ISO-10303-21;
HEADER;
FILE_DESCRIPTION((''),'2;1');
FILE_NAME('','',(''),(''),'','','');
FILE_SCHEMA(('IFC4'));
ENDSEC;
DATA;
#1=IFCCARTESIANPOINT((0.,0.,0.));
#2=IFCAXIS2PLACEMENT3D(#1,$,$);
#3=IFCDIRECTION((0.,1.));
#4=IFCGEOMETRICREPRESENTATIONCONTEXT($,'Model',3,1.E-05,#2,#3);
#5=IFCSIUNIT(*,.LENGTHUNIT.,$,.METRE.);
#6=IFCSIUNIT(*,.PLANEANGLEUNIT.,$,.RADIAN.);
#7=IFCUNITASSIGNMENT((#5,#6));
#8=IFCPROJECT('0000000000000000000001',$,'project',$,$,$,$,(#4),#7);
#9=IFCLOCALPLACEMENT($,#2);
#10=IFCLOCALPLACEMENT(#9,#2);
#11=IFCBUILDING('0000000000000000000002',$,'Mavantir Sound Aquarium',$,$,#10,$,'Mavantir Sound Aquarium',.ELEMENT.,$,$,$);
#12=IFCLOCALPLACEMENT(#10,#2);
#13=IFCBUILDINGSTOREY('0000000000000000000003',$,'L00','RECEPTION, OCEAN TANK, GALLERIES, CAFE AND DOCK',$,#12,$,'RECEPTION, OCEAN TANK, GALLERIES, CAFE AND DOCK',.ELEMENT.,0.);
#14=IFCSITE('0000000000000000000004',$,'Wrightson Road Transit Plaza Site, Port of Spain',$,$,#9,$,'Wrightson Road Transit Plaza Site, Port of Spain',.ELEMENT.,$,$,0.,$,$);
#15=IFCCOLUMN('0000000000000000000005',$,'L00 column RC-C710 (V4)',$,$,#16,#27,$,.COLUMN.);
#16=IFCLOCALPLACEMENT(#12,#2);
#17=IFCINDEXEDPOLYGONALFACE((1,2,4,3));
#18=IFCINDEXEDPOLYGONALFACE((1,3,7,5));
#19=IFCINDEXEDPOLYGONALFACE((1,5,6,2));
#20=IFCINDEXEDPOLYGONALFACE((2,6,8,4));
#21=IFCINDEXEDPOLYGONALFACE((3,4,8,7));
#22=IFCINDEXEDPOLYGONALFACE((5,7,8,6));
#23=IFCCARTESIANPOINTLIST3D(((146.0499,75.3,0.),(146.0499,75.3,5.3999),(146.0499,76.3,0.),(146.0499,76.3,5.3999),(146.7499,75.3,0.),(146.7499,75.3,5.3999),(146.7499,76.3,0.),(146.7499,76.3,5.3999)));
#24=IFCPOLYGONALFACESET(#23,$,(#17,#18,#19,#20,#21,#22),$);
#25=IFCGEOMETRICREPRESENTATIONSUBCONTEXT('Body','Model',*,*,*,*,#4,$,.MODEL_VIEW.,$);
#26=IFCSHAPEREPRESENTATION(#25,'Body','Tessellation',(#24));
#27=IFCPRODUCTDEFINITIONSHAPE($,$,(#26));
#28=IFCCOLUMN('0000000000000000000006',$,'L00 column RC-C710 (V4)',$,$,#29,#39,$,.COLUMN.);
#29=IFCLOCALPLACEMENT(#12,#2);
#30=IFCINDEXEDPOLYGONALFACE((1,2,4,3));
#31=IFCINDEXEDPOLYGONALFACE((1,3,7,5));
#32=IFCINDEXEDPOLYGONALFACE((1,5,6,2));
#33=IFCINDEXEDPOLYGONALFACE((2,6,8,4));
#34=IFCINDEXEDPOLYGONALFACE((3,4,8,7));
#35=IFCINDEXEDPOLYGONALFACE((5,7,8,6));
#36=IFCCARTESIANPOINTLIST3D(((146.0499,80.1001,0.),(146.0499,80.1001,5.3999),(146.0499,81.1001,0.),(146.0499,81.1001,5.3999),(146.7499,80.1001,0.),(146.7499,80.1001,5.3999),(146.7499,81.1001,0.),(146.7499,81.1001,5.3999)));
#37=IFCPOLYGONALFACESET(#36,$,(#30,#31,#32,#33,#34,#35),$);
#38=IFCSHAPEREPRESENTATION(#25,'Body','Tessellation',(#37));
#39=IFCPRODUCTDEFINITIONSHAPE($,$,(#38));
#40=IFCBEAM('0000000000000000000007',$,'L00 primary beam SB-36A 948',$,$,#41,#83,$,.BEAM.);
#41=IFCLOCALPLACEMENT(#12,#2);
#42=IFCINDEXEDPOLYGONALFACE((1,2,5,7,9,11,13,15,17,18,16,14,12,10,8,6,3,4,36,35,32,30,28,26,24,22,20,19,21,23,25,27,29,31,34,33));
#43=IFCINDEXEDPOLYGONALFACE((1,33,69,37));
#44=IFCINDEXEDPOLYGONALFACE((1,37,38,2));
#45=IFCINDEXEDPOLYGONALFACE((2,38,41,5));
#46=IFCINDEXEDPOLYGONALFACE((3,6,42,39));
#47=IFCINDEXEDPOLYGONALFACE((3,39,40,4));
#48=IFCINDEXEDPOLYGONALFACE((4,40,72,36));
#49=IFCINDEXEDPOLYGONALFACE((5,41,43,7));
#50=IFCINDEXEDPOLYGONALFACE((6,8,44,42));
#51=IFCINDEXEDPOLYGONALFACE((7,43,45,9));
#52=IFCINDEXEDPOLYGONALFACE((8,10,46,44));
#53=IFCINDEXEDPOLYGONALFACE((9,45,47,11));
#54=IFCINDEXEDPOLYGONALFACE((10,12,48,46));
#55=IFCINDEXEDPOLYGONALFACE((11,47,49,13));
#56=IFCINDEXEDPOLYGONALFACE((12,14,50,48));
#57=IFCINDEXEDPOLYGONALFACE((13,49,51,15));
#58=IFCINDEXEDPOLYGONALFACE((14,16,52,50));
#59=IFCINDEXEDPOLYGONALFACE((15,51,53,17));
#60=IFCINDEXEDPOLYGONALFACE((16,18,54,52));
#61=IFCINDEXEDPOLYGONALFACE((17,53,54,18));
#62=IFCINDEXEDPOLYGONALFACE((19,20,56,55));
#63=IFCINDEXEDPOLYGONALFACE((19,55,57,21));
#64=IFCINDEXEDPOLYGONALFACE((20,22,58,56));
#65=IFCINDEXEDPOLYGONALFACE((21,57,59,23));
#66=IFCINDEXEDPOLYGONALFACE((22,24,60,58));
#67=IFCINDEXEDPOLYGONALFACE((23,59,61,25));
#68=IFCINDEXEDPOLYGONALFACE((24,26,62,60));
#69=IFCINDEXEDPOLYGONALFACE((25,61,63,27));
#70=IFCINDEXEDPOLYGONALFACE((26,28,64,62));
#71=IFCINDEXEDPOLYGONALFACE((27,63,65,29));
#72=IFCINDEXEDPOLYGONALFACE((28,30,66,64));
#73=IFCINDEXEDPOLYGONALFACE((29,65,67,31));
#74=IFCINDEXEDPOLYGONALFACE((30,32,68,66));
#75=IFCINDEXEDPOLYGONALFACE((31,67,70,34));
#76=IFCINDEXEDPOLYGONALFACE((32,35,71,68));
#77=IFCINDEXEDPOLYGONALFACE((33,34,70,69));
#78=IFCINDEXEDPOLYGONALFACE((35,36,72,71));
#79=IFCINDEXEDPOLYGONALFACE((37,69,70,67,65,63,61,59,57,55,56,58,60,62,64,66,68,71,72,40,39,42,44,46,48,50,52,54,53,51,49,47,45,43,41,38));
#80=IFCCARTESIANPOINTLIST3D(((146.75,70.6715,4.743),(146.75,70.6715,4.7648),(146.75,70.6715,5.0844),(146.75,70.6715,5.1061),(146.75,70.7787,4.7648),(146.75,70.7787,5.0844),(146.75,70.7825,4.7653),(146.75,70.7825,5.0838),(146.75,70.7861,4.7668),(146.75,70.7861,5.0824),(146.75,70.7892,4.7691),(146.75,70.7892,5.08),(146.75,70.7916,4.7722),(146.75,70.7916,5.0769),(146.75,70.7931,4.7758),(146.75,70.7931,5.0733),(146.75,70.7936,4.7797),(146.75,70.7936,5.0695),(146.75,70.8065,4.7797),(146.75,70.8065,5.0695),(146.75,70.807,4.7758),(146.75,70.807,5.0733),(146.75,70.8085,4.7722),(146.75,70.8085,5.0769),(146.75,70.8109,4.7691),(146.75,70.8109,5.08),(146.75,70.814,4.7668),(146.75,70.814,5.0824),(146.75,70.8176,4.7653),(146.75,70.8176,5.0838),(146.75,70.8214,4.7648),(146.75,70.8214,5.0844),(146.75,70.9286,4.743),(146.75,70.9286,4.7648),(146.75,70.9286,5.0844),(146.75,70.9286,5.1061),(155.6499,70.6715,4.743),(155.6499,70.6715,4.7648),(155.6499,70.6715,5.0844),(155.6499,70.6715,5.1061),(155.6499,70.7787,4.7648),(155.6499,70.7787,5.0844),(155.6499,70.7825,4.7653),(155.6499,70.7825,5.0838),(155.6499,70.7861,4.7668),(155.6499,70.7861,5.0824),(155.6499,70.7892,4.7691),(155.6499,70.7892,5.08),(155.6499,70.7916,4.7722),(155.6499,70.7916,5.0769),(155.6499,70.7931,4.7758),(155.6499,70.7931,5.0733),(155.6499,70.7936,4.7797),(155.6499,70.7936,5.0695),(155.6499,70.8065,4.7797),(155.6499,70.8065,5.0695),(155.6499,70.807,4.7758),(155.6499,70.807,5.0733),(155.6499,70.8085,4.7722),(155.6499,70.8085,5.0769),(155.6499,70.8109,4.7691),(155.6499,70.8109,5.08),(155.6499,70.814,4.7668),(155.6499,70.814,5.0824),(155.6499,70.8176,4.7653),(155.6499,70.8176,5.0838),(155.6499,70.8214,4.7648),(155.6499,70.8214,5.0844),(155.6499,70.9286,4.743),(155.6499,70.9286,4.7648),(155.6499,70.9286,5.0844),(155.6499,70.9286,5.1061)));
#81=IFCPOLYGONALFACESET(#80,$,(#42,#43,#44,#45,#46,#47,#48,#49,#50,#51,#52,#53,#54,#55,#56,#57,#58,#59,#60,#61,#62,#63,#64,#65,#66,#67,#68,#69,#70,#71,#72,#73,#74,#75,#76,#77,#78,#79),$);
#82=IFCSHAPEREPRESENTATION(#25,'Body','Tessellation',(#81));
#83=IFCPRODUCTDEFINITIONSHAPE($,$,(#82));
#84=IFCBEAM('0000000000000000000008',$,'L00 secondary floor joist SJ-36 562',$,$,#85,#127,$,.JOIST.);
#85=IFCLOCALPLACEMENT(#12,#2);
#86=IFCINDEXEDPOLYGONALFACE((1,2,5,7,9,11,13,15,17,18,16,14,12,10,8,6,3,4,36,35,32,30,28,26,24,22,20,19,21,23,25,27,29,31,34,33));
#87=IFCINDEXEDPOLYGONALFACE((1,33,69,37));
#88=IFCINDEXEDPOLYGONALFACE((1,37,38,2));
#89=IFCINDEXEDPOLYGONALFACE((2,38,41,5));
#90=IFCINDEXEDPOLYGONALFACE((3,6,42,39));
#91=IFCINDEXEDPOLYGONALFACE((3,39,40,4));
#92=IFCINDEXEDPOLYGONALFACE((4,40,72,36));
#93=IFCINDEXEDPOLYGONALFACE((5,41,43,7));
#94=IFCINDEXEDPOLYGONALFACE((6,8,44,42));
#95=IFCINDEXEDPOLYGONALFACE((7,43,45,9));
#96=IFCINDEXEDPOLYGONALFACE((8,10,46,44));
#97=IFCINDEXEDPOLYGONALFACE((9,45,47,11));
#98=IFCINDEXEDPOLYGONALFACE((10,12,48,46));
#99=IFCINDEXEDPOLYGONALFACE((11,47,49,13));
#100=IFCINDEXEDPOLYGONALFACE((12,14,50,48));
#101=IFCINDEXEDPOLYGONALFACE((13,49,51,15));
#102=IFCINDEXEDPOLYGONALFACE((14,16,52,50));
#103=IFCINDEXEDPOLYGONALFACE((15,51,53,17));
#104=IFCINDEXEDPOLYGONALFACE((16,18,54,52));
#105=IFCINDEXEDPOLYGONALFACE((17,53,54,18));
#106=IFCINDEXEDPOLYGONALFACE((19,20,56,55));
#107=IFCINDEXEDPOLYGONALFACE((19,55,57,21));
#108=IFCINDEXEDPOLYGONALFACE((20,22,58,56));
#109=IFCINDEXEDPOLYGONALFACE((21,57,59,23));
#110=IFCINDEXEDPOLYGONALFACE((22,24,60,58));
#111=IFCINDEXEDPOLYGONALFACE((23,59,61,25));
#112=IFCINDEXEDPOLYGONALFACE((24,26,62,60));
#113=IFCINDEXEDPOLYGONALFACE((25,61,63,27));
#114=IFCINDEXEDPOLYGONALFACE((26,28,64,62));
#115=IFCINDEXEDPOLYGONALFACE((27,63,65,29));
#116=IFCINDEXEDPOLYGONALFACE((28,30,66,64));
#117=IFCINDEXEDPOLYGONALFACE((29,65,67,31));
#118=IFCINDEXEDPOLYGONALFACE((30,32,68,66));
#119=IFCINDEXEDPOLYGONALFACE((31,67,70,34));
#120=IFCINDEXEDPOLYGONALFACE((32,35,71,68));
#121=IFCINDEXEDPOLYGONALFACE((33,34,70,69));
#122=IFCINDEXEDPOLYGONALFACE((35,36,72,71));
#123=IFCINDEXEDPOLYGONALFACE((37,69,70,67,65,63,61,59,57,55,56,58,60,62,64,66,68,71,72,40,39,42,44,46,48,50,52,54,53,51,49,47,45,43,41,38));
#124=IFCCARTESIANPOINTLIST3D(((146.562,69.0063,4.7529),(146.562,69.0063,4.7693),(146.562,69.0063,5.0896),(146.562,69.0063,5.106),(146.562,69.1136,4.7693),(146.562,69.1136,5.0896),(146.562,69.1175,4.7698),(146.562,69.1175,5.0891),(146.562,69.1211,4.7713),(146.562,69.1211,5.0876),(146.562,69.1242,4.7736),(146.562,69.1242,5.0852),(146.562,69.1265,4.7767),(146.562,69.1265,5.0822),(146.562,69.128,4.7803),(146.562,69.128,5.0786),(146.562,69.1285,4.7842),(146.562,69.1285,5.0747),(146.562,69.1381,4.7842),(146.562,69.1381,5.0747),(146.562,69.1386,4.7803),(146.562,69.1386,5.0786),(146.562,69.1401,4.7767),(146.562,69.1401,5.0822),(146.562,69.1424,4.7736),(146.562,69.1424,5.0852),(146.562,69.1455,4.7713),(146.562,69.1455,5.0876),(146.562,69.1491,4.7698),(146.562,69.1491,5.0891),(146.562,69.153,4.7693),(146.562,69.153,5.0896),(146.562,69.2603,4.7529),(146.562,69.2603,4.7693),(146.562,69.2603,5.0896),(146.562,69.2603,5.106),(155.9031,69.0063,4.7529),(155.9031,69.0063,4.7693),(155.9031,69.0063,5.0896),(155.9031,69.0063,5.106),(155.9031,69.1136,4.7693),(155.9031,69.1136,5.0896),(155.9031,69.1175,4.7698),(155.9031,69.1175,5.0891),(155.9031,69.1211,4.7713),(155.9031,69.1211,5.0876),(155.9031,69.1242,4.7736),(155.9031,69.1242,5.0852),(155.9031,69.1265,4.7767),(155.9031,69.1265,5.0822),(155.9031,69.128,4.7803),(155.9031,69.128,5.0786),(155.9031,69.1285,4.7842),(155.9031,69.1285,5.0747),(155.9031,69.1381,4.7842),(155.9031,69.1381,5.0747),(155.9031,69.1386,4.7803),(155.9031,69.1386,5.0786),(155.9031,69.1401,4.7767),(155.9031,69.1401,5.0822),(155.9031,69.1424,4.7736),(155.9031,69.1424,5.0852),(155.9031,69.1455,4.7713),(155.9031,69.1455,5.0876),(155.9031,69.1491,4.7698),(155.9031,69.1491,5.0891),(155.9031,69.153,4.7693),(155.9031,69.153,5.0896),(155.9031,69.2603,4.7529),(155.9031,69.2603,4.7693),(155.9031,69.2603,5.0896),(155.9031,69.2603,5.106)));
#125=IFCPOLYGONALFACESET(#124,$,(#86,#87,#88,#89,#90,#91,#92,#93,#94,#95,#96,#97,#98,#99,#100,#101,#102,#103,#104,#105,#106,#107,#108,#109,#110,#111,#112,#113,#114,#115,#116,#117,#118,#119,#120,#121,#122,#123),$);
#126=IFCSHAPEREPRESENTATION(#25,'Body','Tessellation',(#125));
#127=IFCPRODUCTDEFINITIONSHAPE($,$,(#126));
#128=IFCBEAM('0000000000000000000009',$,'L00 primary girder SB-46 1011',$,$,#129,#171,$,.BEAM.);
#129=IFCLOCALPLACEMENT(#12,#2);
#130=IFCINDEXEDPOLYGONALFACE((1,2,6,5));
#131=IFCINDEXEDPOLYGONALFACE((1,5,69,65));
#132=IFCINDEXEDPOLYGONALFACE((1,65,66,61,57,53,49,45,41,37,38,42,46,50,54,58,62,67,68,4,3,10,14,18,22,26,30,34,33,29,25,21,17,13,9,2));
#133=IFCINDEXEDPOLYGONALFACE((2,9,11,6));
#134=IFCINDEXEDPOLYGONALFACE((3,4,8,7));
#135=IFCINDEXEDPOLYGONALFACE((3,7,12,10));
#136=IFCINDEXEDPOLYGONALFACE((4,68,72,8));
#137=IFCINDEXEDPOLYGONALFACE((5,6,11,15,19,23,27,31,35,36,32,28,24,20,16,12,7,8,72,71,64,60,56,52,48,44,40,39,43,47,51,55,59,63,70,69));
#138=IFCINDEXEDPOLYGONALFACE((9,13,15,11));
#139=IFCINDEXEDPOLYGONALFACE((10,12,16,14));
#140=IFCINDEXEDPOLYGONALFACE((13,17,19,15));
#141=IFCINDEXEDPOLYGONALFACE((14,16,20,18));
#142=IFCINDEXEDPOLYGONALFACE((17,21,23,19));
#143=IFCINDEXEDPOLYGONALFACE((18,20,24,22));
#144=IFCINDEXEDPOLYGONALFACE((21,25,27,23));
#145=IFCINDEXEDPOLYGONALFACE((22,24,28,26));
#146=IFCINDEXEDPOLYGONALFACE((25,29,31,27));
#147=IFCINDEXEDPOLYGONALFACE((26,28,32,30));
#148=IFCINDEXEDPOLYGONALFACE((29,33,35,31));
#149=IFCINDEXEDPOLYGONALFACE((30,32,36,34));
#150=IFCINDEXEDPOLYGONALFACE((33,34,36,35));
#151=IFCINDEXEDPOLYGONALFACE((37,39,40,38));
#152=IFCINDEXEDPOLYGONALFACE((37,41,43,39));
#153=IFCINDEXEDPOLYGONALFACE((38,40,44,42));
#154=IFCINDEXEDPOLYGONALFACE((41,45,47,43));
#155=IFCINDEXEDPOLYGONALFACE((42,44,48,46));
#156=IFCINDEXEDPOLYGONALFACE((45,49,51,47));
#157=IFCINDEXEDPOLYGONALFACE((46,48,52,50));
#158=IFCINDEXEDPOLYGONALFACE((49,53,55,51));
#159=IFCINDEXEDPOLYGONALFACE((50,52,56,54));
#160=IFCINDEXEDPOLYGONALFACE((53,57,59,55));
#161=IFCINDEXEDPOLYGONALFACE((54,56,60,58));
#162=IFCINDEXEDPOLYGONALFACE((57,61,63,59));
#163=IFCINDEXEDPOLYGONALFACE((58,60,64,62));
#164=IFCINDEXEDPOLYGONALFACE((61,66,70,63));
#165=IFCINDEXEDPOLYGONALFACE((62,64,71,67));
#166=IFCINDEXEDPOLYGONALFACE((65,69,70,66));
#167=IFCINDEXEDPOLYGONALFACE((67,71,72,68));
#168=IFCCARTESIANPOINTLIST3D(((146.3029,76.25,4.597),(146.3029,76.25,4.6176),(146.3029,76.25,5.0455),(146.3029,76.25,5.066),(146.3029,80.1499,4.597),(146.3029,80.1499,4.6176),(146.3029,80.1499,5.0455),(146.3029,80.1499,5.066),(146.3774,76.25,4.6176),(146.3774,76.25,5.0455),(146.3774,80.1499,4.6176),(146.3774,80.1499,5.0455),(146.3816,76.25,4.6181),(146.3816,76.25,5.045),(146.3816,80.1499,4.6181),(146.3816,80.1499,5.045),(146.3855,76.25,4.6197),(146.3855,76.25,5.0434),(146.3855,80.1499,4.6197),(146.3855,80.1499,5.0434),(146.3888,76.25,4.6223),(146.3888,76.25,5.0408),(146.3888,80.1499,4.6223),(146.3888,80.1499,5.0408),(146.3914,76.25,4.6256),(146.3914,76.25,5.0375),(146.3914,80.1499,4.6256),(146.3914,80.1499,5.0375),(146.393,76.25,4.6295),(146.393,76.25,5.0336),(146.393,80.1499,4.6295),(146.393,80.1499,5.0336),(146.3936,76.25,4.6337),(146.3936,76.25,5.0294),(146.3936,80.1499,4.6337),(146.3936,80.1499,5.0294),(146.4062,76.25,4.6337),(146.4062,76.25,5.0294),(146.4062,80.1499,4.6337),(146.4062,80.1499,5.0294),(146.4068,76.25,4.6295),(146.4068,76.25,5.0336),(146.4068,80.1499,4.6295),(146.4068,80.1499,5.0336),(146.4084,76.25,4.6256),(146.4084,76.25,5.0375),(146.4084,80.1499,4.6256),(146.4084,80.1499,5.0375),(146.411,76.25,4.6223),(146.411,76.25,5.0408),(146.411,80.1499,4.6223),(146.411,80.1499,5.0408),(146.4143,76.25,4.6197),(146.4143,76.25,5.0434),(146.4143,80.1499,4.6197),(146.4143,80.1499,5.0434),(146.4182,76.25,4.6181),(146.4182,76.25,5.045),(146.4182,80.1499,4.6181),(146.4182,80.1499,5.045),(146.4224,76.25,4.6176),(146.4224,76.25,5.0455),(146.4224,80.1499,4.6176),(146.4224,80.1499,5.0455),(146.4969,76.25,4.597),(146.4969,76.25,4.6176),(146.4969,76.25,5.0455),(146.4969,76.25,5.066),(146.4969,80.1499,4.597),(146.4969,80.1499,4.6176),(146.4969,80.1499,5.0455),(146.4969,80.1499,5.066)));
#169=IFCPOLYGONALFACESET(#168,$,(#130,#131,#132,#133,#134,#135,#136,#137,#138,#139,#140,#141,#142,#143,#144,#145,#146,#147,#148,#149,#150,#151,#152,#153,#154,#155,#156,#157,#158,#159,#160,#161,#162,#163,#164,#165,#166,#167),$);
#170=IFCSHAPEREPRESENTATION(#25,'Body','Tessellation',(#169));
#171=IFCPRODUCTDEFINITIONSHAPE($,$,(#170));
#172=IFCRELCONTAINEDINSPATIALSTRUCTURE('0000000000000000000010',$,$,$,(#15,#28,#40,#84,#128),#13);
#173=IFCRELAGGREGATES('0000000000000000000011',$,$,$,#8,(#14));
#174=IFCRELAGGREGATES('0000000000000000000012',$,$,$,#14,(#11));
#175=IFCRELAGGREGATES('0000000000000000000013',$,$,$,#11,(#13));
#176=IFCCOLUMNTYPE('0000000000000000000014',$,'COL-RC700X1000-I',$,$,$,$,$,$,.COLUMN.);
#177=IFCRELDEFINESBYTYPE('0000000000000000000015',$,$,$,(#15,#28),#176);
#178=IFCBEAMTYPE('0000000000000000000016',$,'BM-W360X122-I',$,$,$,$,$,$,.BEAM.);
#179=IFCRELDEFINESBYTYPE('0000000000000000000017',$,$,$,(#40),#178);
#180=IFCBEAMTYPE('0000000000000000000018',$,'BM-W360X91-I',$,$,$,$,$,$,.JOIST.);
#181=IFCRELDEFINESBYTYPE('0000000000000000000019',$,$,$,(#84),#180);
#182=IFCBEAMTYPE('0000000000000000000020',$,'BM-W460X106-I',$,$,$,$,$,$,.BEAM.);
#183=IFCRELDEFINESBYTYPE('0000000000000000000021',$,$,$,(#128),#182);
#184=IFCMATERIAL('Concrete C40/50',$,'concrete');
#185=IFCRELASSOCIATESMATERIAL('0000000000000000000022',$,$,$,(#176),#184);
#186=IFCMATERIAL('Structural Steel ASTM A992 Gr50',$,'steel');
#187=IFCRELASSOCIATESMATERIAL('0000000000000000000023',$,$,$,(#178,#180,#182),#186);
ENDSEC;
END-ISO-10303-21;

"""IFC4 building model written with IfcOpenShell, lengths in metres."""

from ifc_helpers import new_model, si_unit, direction, frame, origin, origin_2d, place, context, subcontext, project, spatial, rectangle, i_section, extrude, material, material_profile, profile_set, type_object, element, save


model = new_model("IFC4")

# Units and contexts
model_context = context("Model", 3, precision=1e-05, world=origin(), true_north=direction((0.0, 1.0)))
body_context = subcontext(model_context, "Body", "Model", "MODEL_VIEW")
ifc_project = project(units=[si_unit("LENGTHUNIT", "METRE"), si_unit("PLANEANGLEUNIT", "RADIAN")], contexts=[model_context])

# Site, building, storey
site_placement = place(None, origin())
site = spatial("IfcSite", under=ifc_project, at=site_placement, Name="Wrightson Road Transit Plaza Site, Port of Spain", LongName="Wrightson Road Transit Plaza Site, Port of Spain", CompositionType="ELEMENT", RefElevation=0.0)
building_placement = place(site_placement, origin())
building = spatial("IfcBuilding", under=site, at=building_placement, Name="Mavantir Sound Aquarium", LongName="Mavantir Sound Aquarium", CompositionType="ELEMENT")
storey_placement = place(building_placement, origin())
storey = spatial("IfcBuildingStorey", under=building, at=storey_placement, Name="L00", Description="RECEPTION, OCEAN TANK, GALLERIES, CAFE AND DOCK", LongName="RECEPTION, OCEAN TANK, GALLERIES, CAFE AND DOCK", CompositionType="ELEMENT", Elevation=0.0)

# Columns
ifc_material_1 = material(Name="Concrete C40/50", Category="concrete")
ifc_material_profile_1 = material_profile(ifc_material_1, rectangle(XDim=0.7, YDim=1.0, at=origin_2d()), Name="RC 700X1000")
ifc_profile_set_1 = profile_set([ifc_material_profile_1], Name="Concrete C40/50")
column_type = type_object("IfcColumnType", Name="COL-RC700X1000-I", PredefinedType="COLUMN", material=ifc_profile_set_1)
for number, where, z_axis, x_axis, name in (
    (1, (146.3999, 75.8, 0.0), (0.0, 0.0, 1.0), (1.0, 0.0, 0.0), "L00 column RC-C710 (V4)"),
    (2, (146.3999, 80.6001, 0.0), (0.0, 0.0, 1.0), (1.0, 0.0, 0.0), "L00 column RC-C710 (V4)"),
):
    element("IfcColumn", number, at=place(storey_placement, frame(where, z_axis=z_axis, x_axis=x_axis)), inside=storey, type_object=column_type, Name=name, PredefinedType="COLUMN", context=body_context, shape_type="SweptSolid", body=[
        extrude(rectangle(XDim=0.7, YDim=1.0, at=origin_2d()), origin(), (0.0, 0.0, 1.0), 5.3999),
    ])

# Beams
ifc_material_2 = material(Name="Structural Steel ASTM A992 Gr50", Category="steel")
ifc_material_profile_2 = material_profile(ifc_material_2, i_section(OverallWidth=0.2571, OverallDepth=0.363, WebThickness=0.0129, FlangeThickness=0.0217, FilletRadius=0.0149, at=origin_2d()), Name="W360X122")
ifc_profile_set_2 = profile_set([ifc_material_profile_2], Name="Structural Steel ASTM A992 Gr50")
beam_type_1 = type_object("IfcBeamType", Name="BM-W360X122-I", PredefinedType="BEAM", material=ifc_profile_set_2)
beam_1_placement = place(storey_placement, frame((146.75, 70.8, 4.9246), z_axis=(1.0, 0.0, 0.0), x_axis=(0.0, 1.0, 0.0)))
element("IfcBeam", 3, at=beam_1_placement, inside=storey, type_object=beam_type_1, Name="L00 primary beam SB-36A 948", PredefinedType="BEAM", context=body_context, shape_type="SweptSolid", body=[
    extrude(i_section(OverallWidth=0.2571, OverallDepth=0.363, WebThickness=0.0129, FlangeThickness=0.0217, FilletRadius=0.0149, at=origin_2d()), origin(), (0.0, 0.0, 1.0), 8.8999),
])
ifc_material_profile_3 = material_profile(ifc_material_2, i_section(OverallWidth=0.2539, OverallDepth=0.353, WebThickness=0.0095, FlangeThickness=0.0164, FilletRadius=0.0149, at=origin_2d()), Name="W360X91")
ifc_profile_set_3 = profile_set([ifc_material_profile_3], Name="Structural Steel ASTM A992 Gr50")
beam_type_2 = type_object("IfcBeamType", Name="BM-W360X91-I", PredefinedType="JOIST", material=ifc_profile_set_3)
beam_2_placement = place(storey_placement, frame((146.562, 69.1333, 4.9294), z_axis=(1.0, 0.0, 0.0), x_axis=(0.0, 1.0, 0.0)))
element("IfcBeam", 4, at=beam_2_placement, inside=storey, type_object=beam_type_2, Name="L00 secondary floor joist SJ-36 562", PredefinedType="JOIST", context=body_context, shape_type="SweptSolid", body=[
    extrude(i_section(OverallWidth=0.2539, OverallDepth=0.353, WebThickness=0.0095, FlangeThickness=0.0164, FilletRadius=0.0149, at=origin_2d()), origin(), (0.0, 0.0, 1.0), 9.3411),
])
ifc_material_profile_4 = material_profile(ifc_material_2, i_section(OverallWidth=0.1941, OverallDepth=0.469, WebThickness=0.0127, FlangeThickness=0.0205, FilletRadius=0.0161, at=origin_2d()), Name="W460X106")
ifc_profile_set_4 = profile_set([ifc_material_profile_4], Name="Structural Steel ASTM A992 Gr50")
beam_type_3 = type_object("IfcBeamType", Name="BM-W460X106-I", PredefinedType="BEAM", material=ifc_profile_set_4)
beam_3_placement = place(storey_placement, frame((146.3999, 76.25, 4.8315), z_axis=(0.0, 1.0, 0.0), x_axis=(-1.0, 0.0, 0.0)))
element("IfcBeam", 5, at=beam_3_placement, inside=storey, type_object=beam_type_3, Name="L00 primary girder SB-46 1011", PredefinedType="BEAM", context=body_context, shape_type="SweptSolid", body=[
    extrude(i_section(OverallWidth=0.1941, OverallDepth=0.469, WebThickness=0.0127, FlangeThickness=0.0205, FilletRadius=0.0161, at=origin_2d()), origin(), (0.0, 0.0, 1.0), 3.8999),
])

save(model, "model.ifc")
